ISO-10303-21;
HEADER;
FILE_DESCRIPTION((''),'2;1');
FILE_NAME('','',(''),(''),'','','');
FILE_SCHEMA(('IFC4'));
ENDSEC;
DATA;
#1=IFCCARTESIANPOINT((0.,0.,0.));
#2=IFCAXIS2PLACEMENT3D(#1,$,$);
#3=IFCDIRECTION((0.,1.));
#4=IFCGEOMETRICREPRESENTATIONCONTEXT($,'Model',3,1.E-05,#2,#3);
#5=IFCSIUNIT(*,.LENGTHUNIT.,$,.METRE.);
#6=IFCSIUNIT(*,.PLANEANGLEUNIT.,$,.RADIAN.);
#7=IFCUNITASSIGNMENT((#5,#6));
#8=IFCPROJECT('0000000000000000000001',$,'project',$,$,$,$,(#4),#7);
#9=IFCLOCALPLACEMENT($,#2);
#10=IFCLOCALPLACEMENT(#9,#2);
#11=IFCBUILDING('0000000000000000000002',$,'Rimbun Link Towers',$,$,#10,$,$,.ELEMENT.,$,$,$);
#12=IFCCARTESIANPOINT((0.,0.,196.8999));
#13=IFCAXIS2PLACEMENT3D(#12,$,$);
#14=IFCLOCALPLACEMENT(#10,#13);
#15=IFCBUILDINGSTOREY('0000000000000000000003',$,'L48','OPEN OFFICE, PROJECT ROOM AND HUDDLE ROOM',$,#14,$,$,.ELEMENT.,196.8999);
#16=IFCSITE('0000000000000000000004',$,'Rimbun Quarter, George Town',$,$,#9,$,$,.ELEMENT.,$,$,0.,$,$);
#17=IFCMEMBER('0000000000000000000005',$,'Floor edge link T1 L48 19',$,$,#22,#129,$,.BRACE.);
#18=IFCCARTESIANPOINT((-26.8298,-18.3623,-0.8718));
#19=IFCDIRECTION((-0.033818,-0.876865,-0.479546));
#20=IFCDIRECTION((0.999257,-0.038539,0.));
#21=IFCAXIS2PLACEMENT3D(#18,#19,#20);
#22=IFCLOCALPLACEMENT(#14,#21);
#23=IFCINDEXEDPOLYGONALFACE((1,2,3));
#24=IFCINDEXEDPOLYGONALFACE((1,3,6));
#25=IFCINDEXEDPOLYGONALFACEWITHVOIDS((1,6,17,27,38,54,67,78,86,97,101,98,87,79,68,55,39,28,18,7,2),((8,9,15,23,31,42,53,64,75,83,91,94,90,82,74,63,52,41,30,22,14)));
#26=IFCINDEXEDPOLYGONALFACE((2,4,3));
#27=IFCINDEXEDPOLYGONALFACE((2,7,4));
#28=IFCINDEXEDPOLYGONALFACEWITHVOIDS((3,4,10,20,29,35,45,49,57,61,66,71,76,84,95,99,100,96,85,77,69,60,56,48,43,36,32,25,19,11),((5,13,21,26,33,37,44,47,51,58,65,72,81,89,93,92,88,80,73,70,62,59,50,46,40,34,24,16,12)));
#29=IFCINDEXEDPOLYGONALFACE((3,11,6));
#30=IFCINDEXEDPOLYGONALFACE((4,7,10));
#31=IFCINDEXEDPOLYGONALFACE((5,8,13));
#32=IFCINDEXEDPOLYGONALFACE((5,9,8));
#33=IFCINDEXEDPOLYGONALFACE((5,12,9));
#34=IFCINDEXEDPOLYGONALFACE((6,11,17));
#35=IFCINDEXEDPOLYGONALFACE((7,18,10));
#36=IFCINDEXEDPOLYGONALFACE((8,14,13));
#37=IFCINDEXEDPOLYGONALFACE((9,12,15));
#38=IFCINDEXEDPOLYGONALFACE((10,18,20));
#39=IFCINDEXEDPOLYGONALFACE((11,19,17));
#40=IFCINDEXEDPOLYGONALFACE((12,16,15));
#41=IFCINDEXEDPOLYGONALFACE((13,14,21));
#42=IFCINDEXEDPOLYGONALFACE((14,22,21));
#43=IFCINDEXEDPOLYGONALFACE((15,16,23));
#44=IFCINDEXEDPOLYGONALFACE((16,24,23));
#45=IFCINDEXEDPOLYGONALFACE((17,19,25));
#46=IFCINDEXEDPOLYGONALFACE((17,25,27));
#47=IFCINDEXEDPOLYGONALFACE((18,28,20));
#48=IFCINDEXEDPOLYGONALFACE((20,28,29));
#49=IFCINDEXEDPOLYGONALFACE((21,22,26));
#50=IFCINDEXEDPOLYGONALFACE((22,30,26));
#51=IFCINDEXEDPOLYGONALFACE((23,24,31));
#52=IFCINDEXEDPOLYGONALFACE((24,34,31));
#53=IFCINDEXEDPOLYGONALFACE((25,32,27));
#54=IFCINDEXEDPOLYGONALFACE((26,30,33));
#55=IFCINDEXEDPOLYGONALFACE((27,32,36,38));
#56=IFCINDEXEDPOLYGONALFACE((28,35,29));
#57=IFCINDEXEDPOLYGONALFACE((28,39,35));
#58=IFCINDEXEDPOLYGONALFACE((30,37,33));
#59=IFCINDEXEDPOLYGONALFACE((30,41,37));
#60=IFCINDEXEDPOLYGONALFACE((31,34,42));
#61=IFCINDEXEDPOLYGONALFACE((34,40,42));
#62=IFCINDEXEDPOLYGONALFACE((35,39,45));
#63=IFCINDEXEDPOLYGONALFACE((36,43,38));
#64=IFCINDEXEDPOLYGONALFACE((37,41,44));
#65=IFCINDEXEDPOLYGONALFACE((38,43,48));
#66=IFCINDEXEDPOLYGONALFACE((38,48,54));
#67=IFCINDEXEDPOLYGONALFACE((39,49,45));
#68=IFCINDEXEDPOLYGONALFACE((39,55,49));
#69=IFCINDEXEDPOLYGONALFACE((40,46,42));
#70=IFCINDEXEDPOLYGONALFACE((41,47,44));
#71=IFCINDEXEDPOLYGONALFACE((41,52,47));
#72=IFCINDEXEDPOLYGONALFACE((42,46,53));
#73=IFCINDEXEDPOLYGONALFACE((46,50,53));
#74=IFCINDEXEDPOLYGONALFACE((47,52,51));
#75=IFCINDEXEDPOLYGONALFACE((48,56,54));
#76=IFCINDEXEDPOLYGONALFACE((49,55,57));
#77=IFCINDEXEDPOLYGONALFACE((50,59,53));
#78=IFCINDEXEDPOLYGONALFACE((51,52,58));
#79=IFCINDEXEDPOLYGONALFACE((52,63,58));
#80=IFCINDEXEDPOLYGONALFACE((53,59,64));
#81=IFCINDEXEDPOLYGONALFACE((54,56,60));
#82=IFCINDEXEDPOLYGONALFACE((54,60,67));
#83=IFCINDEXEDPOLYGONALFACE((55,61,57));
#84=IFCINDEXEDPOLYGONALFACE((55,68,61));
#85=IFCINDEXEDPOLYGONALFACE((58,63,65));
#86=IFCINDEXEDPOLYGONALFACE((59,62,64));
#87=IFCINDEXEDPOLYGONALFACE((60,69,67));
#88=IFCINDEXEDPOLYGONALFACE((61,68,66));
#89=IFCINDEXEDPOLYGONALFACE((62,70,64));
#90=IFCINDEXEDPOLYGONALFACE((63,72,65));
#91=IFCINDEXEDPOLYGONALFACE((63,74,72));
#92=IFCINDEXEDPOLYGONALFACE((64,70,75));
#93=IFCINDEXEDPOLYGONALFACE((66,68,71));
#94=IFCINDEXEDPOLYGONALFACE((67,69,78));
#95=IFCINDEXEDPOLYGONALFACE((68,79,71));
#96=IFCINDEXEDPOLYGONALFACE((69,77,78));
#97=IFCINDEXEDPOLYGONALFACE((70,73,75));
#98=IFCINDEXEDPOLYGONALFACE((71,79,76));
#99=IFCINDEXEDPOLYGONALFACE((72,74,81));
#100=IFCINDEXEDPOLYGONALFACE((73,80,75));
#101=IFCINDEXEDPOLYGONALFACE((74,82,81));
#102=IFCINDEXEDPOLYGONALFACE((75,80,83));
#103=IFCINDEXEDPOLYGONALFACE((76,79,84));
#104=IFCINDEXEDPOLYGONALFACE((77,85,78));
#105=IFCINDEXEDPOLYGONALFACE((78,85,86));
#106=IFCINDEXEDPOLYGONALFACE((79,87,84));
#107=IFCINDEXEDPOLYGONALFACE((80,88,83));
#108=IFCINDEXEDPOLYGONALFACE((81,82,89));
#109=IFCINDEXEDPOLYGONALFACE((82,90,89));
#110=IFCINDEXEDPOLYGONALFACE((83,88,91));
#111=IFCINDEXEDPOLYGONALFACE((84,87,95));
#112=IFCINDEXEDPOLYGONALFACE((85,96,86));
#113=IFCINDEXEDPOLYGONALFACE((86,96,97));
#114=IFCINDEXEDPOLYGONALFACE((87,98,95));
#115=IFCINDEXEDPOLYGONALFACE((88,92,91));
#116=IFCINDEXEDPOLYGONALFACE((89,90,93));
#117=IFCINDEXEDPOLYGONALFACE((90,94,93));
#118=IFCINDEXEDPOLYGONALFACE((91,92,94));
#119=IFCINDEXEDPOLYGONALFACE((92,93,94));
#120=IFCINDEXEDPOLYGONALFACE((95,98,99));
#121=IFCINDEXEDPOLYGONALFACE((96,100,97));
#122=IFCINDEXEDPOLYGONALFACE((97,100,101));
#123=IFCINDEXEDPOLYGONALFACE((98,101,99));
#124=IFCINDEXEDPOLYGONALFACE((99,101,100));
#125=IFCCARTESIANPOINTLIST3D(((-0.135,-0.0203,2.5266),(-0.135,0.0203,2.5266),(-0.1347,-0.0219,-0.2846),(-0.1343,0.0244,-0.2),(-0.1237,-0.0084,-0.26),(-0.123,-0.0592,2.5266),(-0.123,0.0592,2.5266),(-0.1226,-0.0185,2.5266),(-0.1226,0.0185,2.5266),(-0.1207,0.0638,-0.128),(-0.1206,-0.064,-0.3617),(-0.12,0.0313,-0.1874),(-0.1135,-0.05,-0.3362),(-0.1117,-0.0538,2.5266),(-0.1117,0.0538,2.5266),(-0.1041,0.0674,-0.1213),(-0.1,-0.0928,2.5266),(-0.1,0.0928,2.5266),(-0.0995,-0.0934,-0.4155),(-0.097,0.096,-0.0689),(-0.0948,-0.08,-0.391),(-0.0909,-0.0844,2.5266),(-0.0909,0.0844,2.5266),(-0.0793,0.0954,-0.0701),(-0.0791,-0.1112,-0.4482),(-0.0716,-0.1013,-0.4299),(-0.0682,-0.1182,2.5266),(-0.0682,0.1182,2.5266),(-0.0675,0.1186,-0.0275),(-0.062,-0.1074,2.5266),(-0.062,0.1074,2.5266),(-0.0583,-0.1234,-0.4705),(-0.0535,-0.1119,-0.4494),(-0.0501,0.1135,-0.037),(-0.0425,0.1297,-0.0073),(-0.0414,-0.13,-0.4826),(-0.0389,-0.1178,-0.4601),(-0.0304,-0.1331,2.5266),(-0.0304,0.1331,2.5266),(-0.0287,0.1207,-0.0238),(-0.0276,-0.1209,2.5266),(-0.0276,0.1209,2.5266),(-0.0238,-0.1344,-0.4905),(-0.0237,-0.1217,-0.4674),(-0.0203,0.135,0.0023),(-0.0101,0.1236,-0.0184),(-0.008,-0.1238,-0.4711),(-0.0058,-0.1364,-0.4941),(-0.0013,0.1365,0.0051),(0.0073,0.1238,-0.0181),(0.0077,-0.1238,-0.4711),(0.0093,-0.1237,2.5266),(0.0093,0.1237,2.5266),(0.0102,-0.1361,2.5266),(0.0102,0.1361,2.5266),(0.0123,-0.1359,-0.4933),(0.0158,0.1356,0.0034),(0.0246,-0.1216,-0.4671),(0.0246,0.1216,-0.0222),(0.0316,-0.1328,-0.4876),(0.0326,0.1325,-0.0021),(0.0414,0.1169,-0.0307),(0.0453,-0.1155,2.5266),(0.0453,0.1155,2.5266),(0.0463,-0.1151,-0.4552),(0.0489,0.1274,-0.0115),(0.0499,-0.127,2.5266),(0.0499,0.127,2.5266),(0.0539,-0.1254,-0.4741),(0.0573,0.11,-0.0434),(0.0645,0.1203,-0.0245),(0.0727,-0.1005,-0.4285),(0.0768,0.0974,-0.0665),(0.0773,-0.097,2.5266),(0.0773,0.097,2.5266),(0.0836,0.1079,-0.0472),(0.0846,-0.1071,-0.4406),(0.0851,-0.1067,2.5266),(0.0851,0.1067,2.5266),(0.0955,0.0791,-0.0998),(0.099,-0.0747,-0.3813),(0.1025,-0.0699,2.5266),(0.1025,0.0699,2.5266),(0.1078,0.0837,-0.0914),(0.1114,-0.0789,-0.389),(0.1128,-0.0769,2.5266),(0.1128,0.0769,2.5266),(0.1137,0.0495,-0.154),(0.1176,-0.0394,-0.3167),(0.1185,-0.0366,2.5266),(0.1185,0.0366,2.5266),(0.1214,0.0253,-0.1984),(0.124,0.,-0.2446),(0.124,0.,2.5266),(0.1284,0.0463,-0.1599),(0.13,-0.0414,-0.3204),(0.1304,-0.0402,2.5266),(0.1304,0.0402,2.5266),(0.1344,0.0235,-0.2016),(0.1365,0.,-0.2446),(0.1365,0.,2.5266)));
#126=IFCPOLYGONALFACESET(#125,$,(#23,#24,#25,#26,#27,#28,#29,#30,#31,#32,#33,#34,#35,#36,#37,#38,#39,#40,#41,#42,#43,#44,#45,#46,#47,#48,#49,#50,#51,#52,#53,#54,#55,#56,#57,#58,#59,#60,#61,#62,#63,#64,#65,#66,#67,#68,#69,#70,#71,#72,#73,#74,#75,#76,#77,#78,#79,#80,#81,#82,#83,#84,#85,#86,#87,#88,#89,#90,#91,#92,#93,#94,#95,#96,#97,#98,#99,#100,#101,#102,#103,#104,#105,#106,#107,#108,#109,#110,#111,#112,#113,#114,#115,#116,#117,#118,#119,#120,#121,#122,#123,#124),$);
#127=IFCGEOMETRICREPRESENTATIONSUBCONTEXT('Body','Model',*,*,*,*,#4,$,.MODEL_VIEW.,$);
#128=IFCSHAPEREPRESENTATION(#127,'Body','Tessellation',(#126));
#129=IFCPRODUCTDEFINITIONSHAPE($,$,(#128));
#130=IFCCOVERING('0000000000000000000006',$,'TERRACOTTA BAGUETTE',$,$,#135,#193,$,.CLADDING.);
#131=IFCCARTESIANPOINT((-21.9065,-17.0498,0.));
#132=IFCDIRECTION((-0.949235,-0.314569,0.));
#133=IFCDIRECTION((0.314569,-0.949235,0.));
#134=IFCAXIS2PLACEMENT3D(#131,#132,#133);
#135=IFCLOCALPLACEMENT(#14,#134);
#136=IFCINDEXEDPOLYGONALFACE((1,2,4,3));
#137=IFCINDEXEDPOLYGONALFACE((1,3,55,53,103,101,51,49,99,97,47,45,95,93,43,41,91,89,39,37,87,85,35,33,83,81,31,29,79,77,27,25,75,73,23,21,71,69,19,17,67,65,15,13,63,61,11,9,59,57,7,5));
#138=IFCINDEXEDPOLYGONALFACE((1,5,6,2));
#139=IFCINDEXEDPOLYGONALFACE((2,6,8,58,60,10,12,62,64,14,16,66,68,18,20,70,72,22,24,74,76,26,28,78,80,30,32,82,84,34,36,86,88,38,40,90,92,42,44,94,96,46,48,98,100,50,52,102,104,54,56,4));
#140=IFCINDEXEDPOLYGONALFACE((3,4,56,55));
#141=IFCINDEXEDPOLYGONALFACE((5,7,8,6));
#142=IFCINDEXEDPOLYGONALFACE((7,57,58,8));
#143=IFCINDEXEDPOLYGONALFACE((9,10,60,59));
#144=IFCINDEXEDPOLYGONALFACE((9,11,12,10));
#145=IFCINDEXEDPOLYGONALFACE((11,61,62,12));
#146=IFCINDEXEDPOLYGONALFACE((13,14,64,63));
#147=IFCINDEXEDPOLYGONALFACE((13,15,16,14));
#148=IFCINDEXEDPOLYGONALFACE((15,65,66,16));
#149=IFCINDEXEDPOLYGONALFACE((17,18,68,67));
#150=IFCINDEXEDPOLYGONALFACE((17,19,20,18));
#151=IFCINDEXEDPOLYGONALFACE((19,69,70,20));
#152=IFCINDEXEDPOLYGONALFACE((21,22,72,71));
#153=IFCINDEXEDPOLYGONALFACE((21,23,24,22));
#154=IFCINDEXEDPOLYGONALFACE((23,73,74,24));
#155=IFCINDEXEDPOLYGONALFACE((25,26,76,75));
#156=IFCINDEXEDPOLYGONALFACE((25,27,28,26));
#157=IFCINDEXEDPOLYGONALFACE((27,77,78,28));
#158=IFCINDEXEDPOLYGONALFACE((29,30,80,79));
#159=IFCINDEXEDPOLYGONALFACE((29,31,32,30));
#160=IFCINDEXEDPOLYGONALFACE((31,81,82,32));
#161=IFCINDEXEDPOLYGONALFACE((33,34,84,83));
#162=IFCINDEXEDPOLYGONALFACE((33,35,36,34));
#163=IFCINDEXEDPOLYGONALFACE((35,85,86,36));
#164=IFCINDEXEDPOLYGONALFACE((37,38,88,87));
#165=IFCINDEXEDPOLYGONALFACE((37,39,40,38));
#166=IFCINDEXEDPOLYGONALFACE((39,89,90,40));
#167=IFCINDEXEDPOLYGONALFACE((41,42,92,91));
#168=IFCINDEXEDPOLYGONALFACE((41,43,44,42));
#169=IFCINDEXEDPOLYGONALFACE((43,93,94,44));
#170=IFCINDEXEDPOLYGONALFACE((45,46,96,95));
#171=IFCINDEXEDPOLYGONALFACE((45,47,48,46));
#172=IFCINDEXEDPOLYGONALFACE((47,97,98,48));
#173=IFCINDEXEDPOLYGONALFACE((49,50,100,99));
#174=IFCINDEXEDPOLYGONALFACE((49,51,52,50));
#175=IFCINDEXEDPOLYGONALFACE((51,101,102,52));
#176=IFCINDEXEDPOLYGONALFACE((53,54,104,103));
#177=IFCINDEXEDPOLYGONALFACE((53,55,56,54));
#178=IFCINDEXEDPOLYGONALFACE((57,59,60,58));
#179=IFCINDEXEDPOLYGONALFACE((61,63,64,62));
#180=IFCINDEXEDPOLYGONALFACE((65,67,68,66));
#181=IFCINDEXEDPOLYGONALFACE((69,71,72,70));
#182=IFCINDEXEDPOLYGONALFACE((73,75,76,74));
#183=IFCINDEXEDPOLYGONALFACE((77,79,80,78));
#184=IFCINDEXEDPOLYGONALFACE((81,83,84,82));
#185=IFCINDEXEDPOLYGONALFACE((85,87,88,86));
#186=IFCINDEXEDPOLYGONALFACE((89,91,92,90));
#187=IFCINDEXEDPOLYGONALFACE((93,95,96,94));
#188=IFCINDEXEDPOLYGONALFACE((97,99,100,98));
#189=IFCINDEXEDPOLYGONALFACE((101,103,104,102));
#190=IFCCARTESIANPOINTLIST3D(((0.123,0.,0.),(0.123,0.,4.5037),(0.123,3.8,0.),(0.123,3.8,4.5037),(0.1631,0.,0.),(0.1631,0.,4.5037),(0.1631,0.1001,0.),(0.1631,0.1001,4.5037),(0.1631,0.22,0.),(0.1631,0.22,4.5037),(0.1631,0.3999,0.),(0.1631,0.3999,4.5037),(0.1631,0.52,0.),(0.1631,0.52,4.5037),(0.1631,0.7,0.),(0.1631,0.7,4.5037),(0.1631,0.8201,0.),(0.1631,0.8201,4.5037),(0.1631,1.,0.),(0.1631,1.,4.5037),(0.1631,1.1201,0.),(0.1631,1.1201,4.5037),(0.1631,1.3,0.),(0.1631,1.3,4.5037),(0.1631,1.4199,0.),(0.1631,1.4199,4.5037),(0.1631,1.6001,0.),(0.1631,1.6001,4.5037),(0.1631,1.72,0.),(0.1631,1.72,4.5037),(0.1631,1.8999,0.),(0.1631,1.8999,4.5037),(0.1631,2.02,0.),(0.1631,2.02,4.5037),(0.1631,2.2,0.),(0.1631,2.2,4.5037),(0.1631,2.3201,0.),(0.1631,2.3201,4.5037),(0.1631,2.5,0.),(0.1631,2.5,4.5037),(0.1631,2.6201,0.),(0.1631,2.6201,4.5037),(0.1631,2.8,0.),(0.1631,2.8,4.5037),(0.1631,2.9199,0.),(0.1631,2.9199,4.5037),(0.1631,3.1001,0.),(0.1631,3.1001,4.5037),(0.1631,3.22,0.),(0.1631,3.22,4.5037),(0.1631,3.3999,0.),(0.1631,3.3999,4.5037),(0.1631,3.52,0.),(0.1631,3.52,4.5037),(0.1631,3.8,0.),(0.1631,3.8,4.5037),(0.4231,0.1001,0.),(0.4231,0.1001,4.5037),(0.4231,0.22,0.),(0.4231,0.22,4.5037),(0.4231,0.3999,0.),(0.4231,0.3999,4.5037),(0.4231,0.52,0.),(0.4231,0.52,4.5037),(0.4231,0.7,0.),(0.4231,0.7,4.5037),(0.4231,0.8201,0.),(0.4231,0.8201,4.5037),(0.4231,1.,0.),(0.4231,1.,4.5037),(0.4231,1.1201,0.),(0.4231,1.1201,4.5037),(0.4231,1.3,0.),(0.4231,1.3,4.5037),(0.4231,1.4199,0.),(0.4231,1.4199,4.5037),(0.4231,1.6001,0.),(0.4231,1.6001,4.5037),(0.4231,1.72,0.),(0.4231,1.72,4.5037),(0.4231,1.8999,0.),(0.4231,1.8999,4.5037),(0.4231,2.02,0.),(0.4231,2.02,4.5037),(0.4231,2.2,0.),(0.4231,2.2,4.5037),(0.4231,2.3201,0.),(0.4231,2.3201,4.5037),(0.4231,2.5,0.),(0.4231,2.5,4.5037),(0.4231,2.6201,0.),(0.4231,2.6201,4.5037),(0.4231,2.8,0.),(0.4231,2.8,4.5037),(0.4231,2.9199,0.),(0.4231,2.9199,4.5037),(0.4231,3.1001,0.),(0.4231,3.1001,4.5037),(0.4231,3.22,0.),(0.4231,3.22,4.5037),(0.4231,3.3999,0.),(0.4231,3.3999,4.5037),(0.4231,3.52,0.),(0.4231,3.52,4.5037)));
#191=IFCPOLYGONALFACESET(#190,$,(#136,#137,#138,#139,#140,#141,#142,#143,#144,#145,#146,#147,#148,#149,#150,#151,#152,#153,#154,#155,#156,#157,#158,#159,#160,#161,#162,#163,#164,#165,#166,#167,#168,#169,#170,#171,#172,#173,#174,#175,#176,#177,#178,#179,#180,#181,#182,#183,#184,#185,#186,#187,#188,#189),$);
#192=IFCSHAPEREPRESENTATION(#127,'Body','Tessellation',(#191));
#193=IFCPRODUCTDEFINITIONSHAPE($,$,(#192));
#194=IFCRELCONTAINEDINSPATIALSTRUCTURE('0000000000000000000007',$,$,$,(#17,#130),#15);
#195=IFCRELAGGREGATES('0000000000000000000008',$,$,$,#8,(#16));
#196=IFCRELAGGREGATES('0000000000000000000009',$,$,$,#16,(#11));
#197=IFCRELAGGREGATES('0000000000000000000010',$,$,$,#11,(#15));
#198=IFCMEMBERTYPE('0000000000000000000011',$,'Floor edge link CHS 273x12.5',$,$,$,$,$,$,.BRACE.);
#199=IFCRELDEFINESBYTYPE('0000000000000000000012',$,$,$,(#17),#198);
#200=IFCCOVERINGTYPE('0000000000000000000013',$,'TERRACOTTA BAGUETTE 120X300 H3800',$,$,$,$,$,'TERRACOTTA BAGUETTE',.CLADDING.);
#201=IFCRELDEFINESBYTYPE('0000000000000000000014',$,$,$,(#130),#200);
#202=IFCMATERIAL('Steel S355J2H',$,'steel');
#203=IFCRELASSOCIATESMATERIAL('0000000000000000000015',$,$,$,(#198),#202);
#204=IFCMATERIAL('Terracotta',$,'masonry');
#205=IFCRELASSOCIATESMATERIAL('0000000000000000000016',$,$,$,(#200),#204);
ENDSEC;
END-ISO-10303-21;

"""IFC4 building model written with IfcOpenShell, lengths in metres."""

from ifc_helpers import new_model, si_unit, direction, frame, origin, origin_2d, place, context, subcontext, project, spatial, polyline, hollow_circle, outline, extrude, clip, halfspace, material, material_profile, profile_set, type_object, element, save


model = new_model("IFC4")

# Units and contexts
model_context = context("Model", 3, precision=1e-05, world=origin(), true_north=direction((0.0, 1.0)))
body_context = subcontext(model_context, "Body", "Model", "MODEL_VIEW")
ifc_project = project(units=[si_unit("LENGTHUNIT", "METRE"), si_unit("PLANEANGLEUNIT", "RADIAN")], contexts=[model_context])

# Site, building, storey
site_placement = place(None, origin())
site = spatial("IfcSite", under=ifc_project, at=site_placement, Name="Rimbun Quarter, George Town", CompositionType="ELEMENT", RefElevation=0.0)
building_placement = place(site_placement, origin())
building = spatial("IfcBuilding", under=site, at=building_placement, Name="Rimbun Link Towers", CompositionType="ELEMENT")
storey_placement = place(building_placement, frame((0.0, 0.0, 196.8999)))
storey = spatial("IfcBuildingStorey", under=building, at=storey_placement, Name="L48", Description="OPEN OFFICE, PROJECT ROOM AND HUDDLE ROOM", CompositionType="ELEMENT", Elevation=196.8999)

# Member
ifc_material_1 = material(Name="Steel S355J2H", Category="steel")
ifc_material_profile_1 = material_profile(ifc_material_1, hollow_circle(Radius=0.1365, WallThickness=0.0125, at=origin_2d()), Name="CHS 273x12.5")
ifc_profile_set_1 = profile_set([ifc_material_profile_1], Name="Steel S355J2H")
member_type_1 = type_object("IfcMemberType", Name="Floor edge link CHS 273x12.5", PredefinedType="BRACE", material=ifc_profile_set_1)
member_1_placement = place(storey_placement, frame((-26.8298, -18.3623, -0.8718), z_axis=(-0.033818, -0.876865, -0.479546), x_axis=(0.999257, -0.038539, 0.0)))
element("IfcMember", 1, at=member_1_placement, inside=storey, type_object=member_type_1, Name="Floor edge link T1 L48 19", PredefinedType="BRACE", context=body_context, shape_type="Clipping", body=[
    clip(extrude(hollow_circle(Radius=0.1365, WallThickness=0.0125, at=origin_2d()), frame((0.0, 0.0, -0.5205)), (0.0, 0.0, 1.0), 3.0471), halfspace(frame((0.0, 0.0, -0.2446), z_axis=(0.0, 0.877517, -0.479546)), False)),
])

# Covering
ifc_material_2 = material(Name="Terracotta", Category="masonry")
ifc_material_profile_2 = material_profile(ifc_material_2, outline(polyline([(0.123, 0.0), (0.1631, 0.0), (0.1631, 0.1001), (0.4231, 0.1001), (0.4231, 0.22), (0.1631, 0.22), (0.1631, 0.3999), (0.4231, 0.3999), (0.4231, 0.52), (0.1631, 0.52), (0.1631, 0.7), (0.4231, 0.7), (0.4231, 0.8201), (0.1631, 0.8201), (0.1631, 1.0), (0.4231, 1.0), (0.4231, 1.1201), (0.1631, 1.1201), (0.1631, 1.3), (0.4231, 1.3), (0.4231, 1.4199), (0.1631, 1.4199), (0.1631, 1.6001), (0.4231, 1.6001), (0.4231, 1.72), (0.1631, 1.72), (0.1631, 1.8999), (0.4231, 1.8999), (0.4231, 2.02), (0.1631, 2.02), (0.1631, 2.2), (0.4231, 2.2), (0.4231, 2.3201), (0.1631, 2.3201), (0.1631, 2.5), (0.4231, 2.5), (0.4231, 2.6201), (0.1631, 2.6201), (0.1631, 2.8), (0.4231, 2.8), (0.4231, 2.9199), (0.1631, 2.9199), (0.1631, 3.1001), (0.4231, 3.1001), (0.4231, 3.22), (0.1631, 3.22), (0.1631, 3.3999), (0.4231, 3.3999), (0.4231, 3.52), (0.1631, 3.52), (0.1631, 3.8), (0.123, 3.8), (0.123, 0.0)])), Name="BAGUETTE 120X300")
ifc_profile_set_2 = profile_set([ifc_material_profile_2], Name="Terracotta")
covering_type = type_object("IfcCoveringType", Name="TERRACOTTA BAGUETTE 120X300 H3800", ElementType="TERRACOTTA BAGUETTE", PredefinedType="CLADDING", material=ifc_profile_set_2)
covering_placement = place(storey_placement, frame((-21.9065, -17.0498, 0.0), z_axis=(-0.949235, -0.314569, 0.0), x_axis=(0.314569, -0.949235, 0.0)))
element("IfcCovering", 2, at=covering_placement, inside=storey, type_object=covering_type, Name="TERRACOTTA BAGUETTE", PredefinedType="CLADDING", context=body_context, shape_type="SweptSolid", body=[
    extrude(outline(polyline([(0.123, 0.0), (0.1631, 0.0), (0.1631, 0.1001), (0.4231, 0.1001), (0.4231, 0.22), (0.1631, 0.22), (0.1631, 0.3999), (0.4231, 0.3999), (0.4231, 0.52), (0.1631, 0.52), (0.1631, 0.7), (0.4231, 0.7), (0.4231, 0.8201), (0.1631, 0.8201), (0.1631, 1.0), (0.4231, 1.0), (0.4231, 1.1201), (0.1631, 1.1201), (0.1631, 1.3), (0.4231, 1.3), (0.4231, 1.4199), (0.1631, 1.4199), (0.1631, 1.6001), (0.4231, 1.6001), (0.4231, 1.72), (0.1631, 1.72), (0.1631, 1.8999), (0.4231, 1.8999), (0.4231, 2.02), (0.1631, 2.02), (0.1631, 2.2), (0.4231, 2.2), (0.4231, 2.3201), (0.1631, 2.3201), (0.1631, 2.5), (0.4231, 2.5), (0.4231, 2.6201), (0.1631, 2.6201), (0.1631, 2.8), (0.4231, 2.8), (0.4231, 2.9199), (0.1631, 2.9199), (0.1631, 3.1001), (0.4231, 3.1001), (0.4231, 3.22), (0.1631, 3.22), (0.1631, 3.3999), (0.4231, 3.3999), (0.4231, 3.52), (0.1631, 3.52), (0.1631, 3.8), (0.123, 3.8), (0.123, 0.0)])), origin(), (0.0, 0.0, 1.0), 4.5037),
])

save(model, "model.ifc")
